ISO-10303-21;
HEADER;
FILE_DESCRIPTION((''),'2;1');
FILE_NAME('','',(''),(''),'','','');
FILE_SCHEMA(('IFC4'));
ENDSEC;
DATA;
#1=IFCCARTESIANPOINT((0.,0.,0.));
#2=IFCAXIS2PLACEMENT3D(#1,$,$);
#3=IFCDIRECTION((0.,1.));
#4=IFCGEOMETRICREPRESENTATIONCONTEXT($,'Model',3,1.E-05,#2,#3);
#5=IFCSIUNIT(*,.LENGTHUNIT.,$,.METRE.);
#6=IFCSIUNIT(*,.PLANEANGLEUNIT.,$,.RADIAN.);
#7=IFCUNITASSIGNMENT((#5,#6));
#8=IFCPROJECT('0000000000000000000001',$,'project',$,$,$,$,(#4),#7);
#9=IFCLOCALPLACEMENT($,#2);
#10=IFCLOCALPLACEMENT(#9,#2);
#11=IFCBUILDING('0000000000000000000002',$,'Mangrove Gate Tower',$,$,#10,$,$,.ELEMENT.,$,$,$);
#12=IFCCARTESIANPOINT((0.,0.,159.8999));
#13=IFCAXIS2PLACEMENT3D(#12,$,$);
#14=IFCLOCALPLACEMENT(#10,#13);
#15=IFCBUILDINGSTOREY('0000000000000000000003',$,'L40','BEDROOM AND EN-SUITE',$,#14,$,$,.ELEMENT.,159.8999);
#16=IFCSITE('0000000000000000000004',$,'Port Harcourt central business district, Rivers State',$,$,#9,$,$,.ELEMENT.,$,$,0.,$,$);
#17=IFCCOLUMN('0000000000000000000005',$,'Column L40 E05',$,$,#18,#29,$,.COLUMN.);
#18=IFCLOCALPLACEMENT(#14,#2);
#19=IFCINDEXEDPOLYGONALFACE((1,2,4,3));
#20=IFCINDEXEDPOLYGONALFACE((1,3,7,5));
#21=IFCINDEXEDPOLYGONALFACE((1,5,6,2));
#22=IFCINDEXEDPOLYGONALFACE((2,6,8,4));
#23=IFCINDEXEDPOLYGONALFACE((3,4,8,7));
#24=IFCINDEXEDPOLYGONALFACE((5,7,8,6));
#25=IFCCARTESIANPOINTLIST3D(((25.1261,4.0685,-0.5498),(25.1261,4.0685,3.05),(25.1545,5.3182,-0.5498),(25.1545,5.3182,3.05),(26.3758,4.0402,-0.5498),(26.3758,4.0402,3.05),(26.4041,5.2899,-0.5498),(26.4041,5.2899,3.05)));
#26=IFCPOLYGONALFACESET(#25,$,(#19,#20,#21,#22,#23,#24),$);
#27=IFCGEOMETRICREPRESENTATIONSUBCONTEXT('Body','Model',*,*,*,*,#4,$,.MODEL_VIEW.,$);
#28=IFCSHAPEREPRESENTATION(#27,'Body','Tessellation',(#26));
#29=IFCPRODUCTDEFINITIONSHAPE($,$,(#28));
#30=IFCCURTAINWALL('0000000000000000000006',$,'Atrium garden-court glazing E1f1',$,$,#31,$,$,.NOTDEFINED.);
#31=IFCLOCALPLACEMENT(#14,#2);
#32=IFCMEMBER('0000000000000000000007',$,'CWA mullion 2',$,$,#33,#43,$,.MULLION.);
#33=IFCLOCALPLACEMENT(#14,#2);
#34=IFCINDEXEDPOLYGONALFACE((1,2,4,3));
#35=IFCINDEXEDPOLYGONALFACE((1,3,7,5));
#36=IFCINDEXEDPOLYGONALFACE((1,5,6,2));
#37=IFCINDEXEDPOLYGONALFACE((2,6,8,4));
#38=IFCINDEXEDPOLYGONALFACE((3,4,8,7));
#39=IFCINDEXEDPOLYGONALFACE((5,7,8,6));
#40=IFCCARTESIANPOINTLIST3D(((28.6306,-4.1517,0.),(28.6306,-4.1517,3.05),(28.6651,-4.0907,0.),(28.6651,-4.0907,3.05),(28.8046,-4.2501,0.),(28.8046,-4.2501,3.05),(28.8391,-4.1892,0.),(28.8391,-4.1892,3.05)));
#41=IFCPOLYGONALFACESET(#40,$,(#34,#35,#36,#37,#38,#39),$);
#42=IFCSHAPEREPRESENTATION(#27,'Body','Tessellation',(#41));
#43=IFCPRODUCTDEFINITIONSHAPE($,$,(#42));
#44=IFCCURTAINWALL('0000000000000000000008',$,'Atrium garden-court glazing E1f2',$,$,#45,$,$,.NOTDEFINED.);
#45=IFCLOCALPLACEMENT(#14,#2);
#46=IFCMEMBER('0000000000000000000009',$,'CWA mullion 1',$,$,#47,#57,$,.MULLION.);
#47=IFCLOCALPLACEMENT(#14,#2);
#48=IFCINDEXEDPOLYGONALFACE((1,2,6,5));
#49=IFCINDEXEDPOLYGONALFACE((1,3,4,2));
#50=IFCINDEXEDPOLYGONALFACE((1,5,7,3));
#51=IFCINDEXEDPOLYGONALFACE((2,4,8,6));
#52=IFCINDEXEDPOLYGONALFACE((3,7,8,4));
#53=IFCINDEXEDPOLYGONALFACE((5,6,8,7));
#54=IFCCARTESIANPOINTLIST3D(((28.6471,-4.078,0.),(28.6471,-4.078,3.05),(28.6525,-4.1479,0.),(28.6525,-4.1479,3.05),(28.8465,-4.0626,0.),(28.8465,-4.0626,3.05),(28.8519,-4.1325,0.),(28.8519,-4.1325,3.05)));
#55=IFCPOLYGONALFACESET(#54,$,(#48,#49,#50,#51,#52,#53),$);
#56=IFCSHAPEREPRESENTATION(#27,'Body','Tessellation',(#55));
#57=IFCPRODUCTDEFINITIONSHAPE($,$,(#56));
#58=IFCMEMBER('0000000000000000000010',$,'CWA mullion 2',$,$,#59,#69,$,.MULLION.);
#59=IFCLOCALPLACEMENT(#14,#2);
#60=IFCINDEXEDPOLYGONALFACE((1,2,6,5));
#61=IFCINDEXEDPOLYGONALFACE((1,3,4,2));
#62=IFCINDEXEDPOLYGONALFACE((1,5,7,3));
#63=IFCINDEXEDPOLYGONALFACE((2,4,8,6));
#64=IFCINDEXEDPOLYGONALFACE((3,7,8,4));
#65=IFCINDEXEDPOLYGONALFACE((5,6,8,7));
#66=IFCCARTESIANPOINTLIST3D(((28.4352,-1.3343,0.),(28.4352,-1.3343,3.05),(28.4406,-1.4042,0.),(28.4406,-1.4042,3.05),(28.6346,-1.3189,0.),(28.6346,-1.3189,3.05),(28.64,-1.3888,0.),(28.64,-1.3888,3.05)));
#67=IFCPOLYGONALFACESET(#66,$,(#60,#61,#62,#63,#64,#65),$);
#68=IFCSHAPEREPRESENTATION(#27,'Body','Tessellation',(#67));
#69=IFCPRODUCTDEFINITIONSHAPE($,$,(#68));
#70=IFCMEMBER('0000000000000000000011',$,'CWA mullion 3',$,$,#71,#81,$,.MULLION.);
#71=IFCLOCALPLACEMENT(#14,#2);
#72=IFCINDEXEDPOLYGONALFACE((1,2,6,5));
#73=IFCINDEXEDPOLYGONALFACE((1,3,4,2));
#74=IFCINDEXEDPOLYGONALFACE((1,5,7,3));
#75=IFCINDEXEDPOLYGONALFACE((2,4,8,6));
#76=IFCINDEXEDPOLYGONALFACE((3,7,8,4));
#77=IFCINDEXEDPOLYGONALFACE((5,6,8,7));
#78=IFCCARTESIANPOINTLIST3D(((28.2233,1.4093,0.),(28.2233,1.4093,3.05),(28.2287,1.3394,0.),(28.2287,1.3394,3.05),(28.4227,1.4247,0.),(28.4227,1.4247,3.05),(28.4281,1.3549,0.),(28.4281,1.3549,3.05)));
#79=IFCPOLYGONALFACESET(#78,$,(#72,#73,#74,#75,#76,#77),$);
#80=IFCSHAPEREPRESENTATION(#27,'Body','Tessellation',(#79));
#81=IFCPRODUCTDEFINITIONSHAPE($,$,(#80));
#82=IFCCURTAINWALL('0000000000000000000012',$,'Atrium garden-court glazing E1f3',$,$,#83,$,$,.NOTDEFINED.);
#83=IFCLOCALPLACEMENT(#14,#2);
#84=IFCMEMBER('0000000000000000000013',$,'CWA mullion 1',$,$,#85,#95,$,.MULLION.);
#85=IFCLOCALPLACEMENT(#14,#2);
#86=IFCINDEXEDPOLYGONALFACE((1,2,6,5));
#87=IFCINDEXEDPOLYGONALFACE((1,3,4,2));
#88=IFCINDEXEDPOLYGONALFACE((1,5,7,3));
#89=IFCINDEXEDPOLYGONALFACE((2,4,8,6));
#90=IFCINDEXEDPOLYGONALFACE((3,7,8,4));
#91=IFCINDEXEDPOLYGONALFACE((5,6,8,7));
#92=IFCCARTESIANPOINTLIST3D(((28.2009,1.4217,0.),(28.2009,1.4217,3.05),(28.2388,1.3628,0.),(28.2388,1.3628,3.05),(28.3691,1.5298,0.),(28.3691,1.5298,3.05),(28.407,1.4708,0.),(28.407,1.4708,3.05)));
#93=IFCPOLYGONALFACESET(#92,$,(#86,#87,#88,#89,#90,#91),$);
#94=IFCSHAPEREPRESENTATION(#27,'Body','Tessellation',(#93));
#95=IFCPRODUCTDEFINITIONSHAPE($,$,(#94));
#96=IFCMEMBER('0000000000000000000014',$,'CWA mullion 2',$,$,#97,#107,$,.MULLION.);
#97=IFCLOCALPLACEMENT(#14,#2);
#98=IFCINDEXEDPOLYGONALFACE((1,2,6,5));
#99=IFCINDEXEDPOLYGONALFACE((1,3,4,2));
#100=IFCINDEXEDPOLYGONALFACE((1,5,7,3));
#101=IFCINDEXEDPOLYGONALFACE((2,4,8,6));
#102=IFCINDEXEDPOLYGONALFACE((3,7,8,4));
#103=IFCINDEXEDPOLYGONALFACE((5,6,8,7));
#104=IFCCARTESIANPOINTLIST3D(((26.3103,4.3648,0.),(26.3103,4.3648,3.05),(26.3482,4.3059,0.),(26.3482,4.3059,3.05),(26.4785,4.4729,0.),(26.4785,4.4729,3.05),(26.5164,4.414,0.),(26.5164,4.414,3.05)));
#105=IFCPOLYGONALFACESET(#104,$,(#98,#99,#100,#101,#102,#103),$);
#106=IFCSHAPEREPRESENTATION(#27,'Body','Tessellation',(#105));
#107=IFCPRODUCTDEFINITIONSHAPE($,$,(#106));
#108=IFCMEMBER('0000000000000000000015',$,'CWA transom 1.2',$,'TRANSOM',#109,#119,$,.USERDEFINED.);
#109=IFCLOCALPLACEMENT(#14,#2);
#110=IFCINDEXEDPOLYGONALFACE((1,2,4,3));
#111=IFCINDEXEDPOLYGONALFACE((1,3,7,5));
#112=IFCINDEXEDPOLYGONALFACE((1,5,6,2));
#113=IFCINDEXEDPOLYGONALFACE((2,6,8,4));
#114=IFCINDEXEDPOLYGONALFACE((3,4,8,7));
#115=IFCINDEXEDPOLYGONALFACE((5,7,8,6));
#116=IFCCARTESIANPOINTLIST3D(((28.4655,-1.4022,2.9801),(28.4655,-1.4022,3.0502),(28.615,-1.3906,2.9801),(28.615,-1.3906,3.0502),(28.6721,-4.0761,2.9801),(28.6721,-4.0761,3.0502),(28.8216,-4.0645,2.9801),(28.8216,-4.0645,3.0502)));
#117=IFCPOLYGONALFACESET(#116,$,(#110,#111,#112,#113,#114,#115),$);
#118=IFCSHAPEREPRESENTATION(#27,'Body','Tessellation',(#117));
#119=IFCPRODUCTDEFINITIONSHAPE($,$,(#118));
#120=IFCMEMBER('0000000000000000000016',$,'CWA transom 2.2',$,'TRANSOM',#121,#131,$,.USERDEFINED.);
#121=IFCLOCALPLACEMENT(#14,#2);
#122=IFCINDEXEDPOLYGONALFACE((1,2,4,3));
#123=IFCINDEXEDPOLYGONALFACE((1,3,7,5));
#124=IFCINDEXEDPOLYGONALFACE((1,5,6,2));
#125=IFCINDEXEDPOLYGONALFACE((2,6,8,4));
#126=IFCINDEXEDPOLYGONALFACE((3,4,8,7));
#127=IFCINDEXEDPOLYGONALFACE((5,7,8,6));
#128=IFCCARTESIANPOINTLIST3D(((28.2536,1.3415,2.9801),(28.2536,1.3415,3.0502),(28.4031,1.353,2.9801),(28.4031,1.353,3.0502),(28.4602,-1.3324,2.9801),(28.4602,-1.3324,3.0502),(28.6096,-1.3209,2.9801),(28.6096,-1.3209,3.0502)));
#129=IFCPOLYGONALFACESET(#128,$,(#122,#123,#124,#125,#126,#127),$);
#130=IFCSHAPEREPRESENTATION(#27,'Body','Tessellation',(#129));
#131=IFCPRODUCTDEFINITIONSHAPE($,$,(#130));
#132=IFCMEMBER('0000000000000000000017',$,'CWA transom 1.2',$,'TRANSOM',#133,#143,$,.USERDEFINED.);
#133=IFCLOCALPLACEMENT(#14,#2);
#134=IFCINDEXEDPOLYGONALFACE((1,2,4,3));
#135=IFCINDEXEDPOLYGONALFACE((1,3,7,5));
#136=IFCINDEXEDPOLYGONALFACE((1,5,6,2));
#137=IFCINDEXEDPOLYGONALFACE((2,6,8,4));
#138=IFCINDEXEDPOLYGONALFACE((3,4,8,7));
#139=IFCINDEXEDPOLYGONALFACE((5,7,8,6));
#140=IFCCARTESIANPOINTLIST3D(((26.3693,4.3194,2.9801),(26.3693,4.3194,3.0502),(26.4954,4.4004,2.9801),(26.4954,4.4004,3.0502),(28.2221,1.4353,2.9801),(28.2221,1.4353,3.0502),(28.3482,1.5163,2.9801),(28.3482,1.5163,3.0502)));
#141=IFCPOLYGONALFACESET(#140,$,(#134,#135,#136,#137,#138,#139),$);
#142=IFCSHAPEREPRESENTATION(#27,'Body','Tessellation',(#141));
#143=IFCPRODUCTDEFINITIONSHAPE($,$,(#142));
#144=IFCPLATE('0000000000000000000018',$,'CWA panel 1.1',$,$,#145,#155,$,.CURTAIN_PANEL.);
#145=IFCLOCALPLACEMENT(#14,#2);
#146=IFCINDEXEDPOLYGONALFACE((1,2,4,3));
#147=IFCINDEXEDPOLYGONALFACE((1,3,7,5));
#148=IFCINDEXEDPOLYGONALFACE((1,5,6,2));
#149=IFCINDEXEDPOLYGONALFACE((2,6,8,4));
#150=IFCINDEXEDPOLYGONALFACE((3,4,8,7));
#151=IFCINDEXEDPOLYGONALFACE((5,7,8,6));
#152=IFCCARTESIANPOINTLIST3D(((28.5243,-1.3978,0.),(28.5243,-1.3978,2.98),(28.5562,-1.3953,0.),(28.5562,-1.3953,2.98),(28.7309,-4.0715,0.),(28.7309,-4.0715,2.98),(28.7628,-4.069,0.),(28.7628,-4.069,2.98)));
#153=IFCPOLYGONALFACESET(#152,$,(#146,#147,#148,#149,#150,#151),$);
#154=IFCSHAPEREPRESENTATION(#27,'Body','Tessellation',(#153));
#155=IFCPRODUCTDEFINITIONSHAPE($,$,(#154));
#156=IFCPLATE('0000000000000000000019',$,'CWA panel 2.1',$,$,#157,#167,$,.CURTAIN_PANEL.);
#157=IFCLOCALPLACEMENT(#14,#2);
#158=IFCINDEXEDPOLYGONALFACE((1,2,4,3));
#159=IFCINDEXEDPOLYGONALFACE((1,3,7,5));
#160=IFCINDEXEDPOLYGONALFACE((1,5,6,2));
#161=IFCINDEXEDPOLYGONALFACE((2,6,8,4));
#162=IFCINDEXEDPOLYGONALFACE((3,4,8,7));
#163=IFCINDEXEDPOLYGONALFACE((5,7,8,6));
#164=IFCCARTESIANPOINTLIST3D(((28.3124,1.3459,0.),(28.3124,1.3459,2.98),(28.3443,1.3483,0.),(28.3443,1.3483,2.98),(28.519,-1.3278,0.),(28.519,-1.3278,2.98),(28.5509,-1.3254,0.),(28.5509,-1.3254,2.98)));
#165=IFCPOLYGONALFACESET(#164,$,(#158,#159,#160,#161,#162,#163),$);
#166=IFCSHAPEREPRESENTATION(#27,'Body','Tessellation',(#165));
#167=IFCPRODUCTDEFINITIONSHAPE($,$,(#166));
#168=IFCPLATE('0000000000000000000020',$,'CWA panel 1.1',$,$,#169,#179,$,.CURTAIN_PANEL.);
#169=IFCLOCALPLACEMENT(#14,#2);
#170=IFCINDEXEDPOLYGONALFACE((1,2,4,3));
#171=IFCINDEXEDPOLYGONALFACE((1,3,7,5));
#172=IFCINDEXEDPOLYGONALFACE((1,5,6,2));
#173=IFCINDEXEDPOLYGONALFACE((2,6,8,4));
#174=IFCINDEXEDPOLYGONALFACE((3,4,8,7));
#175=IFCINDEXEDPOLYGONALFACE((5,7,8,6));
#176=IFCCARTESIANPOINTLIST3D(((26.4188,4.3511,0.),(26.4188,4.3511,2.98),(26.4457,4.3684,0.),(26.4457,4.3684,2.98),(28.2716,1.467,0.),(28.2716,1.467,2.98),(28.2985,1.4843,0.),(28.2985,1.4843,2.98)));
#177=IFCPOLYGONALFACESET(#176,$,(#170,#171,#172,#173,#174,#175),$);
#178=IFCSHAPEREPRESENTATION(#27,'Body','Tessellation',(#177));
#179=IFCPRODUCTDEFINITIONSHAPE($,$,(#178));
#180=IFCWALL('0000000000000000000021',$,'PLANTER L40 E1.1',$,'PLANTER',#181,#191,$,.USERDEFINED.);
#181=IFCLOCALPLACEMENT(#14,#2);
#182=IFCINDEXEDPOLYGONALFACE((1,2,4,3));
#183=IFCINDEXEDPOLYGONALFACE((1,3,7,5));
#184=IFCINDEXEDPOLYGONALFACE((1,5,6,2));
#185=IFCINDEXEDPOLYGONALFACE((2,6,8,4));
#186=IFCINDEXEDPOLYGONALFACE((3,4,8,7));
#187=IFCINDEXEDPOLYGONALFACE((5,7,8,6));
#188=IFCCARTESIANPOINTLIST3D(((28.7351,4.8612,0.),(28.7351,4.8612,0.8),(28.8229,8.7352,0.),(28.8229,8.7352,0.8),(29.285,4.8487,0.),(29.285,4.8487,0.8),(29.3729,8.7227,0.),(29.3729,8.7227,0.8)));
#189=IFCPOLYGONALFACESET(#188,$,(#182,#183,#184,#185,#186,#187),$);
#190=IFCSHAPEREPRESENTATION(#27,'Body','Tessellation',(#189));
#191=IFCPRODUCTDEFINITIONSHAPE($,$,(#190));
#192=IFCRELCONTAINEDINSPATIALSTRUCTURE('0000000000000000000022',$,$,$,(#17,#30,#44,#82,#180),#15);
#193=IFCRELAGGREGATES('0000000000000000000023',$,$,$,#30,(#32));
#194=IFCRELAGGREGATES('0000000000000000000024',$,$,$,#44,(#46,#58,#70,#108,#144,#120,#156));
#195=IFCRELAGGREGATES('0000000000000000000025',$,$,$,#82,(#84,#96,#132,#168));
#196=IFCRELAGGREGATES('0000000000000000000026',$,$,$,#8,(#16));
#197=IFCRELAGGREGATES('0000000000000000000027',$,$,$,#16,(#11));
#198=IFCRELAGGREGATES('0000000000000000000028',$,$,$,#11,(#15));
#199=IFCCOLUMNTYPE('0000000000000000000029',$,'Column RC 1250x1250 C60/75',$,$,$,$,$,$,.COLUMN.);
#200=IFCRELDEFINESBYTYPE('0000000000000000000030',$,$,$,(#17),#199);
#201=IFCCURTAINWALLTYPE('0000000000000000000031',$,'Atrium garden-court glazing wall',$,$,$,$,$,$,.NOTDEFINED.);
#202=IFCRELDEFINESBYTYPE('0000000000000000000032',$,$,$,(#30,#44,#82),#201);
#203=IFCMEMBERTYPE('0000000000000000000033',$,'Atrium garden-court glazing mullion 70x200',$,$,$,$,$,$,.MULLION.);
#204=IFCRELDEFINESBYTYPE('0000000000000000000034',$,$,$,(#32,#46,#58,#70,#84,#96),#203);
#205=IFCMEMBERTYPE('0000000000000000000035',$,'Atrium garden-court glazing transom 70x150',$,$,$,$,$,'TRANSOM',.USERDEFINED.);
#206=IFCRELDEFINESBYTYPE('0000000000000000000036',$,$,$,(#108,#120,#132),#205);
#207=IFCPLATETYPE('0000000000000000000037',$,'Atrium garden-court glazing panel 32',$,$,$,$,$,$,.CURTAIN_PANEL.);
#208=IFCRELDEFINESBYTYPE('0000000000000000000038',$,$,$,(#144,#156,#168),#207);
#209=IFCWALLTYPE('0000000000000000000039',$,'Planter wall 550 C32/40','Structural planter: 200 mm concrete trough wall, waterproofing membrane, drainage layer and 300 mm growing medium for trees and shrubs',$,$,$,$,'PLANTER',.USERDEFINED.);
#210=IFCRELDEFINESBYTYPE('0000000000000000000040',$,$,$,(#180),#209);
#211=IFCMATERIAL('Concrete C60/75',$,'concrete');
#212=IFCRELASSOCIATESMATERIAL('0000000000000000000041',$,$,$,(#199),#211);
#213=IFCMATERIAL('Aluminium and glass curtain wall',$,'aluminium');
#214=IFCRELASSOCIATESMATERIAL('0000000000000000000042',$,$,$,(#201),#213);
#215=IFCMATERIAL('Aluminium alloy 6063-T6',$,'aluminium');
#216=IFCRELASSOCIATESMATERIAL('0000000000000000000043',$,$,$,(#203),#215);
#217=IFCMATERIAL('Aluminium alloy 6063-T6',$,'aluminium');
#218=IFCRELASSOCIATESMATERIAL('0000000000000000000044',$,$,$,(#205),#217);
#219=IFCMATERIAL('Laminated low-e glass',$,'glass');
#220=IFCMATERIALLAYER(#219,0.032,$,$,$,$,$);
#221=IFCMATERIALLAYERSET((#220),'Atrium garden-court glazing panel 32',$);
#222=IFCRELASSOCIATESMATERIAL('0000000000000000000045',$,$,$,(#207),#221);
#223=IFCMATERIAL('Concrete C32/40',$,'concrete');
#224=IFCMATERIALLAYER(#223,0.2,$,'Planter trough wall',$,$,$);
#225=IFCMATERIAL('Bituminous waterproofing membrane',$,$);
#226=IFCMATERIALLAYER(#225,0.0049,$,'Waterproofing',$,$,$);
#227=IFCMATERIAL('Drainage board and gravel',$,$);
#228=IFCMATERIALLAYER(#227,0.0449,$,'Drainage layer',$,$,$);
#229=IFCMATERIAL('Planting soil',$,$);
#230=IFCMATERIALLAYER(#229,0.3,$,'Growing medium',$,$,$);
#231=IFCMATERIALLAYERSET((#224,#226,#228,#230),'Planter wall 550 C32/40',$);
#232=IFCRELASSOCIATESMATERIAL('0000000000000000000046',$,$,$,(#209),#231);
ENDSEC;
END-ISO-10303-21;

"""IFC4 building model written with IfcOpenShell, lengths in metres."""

from ifc_helpers import new_model, si_unit, direction, frame, frame_2d, origin, origin_2d, place, context, subcontext, project, spatial, rectangle, extrude, material, layer, layer_set, material_profile, profile_set, type_object, element, aggregate, save


model = new_model("IFC4")

# Units and contexts
model_context = context("Model", 3, precision=1e-05, world=origin(), true_north=direction((0.0, 1.0)))
body_context = subcontext(model_context, "Body", "Model", "MODEL_VIEW")
ifc_project = project(units=[si_unit("LENGTHUNIT", "METRE"), si_unit("PLANEANGLEUNIT", "RADIAN")], contexts=[model_context])

# Site, building, storey
site_placement = place(None, origin())
site = spatial("IfcSite", under=ifc_project, at=site_placement, Name="Port Harcourt central business district, Rivers State", CompositionType="ELEMENT", RefElevation=0.0)
building_placement = place(site_placement, origin())
building = spatial("IfcBuilding", under=site, at=building_placement, Name="Mangrove Gate Tower", CompositionType="ELEMENT")
storey_placement = place(building_placement, frame((0.0, 0.0, 159.8999)))
storey = spatial("IfcBuildingStorey", under=building, at=storey_placement, Name="L40", Description="BEDROOM AND EN-SUITE", CompositionType="ELEMENT", Elevation=159.8999)

# Column
ifc_material_1 = material(Name="Concrete C60/75", Category="concrete")
ifc_material_profile_1 = material_profile(ifc_material_1, rectangle(XDim=1.25, YDim=1.25, at=origin_2d()))
ifc_profile_set_1 = profile_set([ifc_material_profile_1], Name="Concrete C60/75")
column_type = type_object("IfcColumnType", Name="Column RC 1250x1250 C60/75", PredefinedType="COLUMN", material=ifc_profile_set_1)
column_placement = place(storey_placement, frame((25.7651, 4.6792, -0.5498), z_axis=(0.0, 0.0, 1.0), x_axis=(0.022655, 0.999743, 0.0)))
element("IfcColumn", 1, at=column_placement, inside=storey, type_object=column_type, Name="Column L40 E05", PredefinedType="COLUMN", context=body_context, shape_type="SweptSolid", body=[
    extrude(rectangle(XDim=1.25, YDim=1.25, at=origin_2d()), origin(), (0.0, 0.0, 1.0), 3.5999),
])

# Curtain wall, member
ifc_material_2 = material(Name="Aluminium and glass curtain wall", Category="aluminium")
curtain_wall_type = type_object("IfcCurtainWallType", Name="Atrium garden-court glazing wall", PredefinedType="NOTDEFINED", material=ifc_material_2)
curtain_wall_1_placement = place(storey_placement, origin())
curtain_wall_1 = element("IfcCurtainWall", 2, at=curtain_wall_1_placement, inside=storey, type_object=curtain_wall_type, Name="Atrium garden-court glazing E1f1", PredefinedType="NOTDEFINED")
ifc_material_3 = material(Name="Aluminium alloy 6063-T6", Category="aluminium")
ifc_material_profile_2 = material_profile(ifc_material_3, rectangle(XDim=0.0701, YDim=0.2, at=origin_2d()))
ifc_profile_set_2 = profile_set([ifc_material_profile_2], Name="Aluminium alloy 6063-T6")
member_type_1 = type_object("IfcMemberType", Name="Atrium garden-court glazing mullion 70x200", PredefinedType="MULLION", material=ifc_profile_set_2)
member_1_placement = place(storey_placement, frame((28.7349, -4.1704, 0.0), z_axis=(0.0, 0.0, 1.0), x_axis=(0.492564, 0.870276, 0.0)))
member_1 = element("IfcMember", 3, at=member_1_placement, type_object=member_type_1, Name="CWA mullion 2", PredefinedType="MULLION", context=body_context, shape_type="SweptSolid", body=[
    extrude(rectangle(XDim=0.0701, YDim=0.2, at=origin_2d()), origin(), (0.0, 0.0, 1.0), 3.05),
])
aggregate(curtain_wall_1, [member_1])

# Curtain walls, members
curtain_wall_2_placement = place(storey_placement, origin())
curtain_wall_2 = element("IfcCurtainWall", 4, at=curtain_wall_2_placement, inside=storey, type_object=curtain_wall_type, Name="Atrium garden-court glazing E1f2", PredefinedType="NOTDEFINED")
member_2_placement = place(storey_placement, frame((28.7495, -4.1052, 0.0), z_axis=(0.0, 0.0, 1.0), x_axis=(-0.077023, 0.997029, 0.0)))
member_2 = element("IfcMember", 5, at=member_2_placement, type_object=member_type_1, Name="CWA mullion 1", PredefinedType="MULLION", context=body_context, shape_type="SweptSolid", body=[
    extrude(rectangle(XDim=0.0701, YDim=0.2, at=origin_2d()), origin(), (0.0, 0.0, 1.0), 3.05),
])
member_3_placement = place(storey_placement, frame((28.5376, -1.3616, 0.0), z_axis=(0.0, 0.0, 1.0), x_axis=(-0.077023, 0.997029, 0.0)))
member_3 = element("IfcMember", 6, at=member_3_placement, type_object=member_type_1, Name="CWA mullion 2", PredefinedType="MULLION", context=body_context, shape_type="SweptSolid", body=[
    extrude(rectangle(XDim=0.0701, YDim=0.2, at=origin_2d()), origin(), (0.0, 0.0, 1.0), 3.05),
])
member_4_placement = place(storey_placement, frame((28.3257, 1.3821, 0.0), z_axis=(0.0, 0.0, 1.0), x_axis=(-0.077023, 0.997029, 0.0)))
member_4 = element("IfcMember", 7, at=member_4_placement, type_object=member_type_1, Name="CWA mullion 3", PredefinedType="MULLION", context=body_context, shape_type="SweptSolid", body=[
    extrude(rectangle(XDim=0.0701, YDim=0.2, at=origin_2d()), origin(), (0.0, 0.0, 1.0), 3.05),
])
curtain_wall_3_placement = place(storey_placement, origin())
curtain_wall_3 = element("IfcCurtainWall", 8, at=curtain_wall_3_placement, inside=storey, type_object=curtain_wall_type, Name="Atrium garden-court glazing E1f3", PredefinedType="NOTDEFINED")
member_5_placement = place(storey_placement, frame((28.304, 1.4463, 0.0), z_axis=(0.0, 0.0, 1.0), x_axis=(-0.540496, 0.841346, 0.0)))
member_5 = element("IfcMember", 9, at=member_5_placement, type_object=member_type_1, Name="CWA mullion 1", PredefinedType="MULLION", context=body_context, shape_type="SweptSolid", body=[
    extrude(rectangle(XDim=0.0701, YDim=0.2, at=origin_2d()), origin(), (0.0, 0.0, 1.0), 3.05),
])
member_6_placement = place(storey_placement, frame((26.4133, 4.3894, 0.0), z_axis=(0.0, 0.0, 1.0), x_axis=(-0.540496, 0.841346, 0.0)))
member_6 = element("IfcMember", 10, at=member_6_placement, type_object=member_type_1, Name="CWA mullion 2", PredefinedType="MULLION", context=body_context, shape_type="SweptSolid", body=[
    extrude(rectangle(XDim=0.0701, YDim=0.2, at=origin_2d()), origin(), (0.0, 0.0, 1.0), 3.05),
])

# Members
ifc_material_4 = material(Name="Aluminium alloy 6063-T6", Category="aluminium")
ifc_material_profile_3 = material_profile(ifc_material_4, rectangle(XDim=0.0701, YDim=0.1499, at=origin_2d()))
ifc_profile_set_3 = profile_set([ifc_material_profile_3], Name="Aluminium alloy 6063-T6")
member_type_2 = type_object("IfcMemberType", Name="Atrium garden-court glazing transom 70x150", ElementType="TRANSOM", PredefinedType="USERDEFINED", material=ifc_profile_set_3)
member_7_placement = place(storey_placement, frame((28.7468, -4.0703, 3.0151), z_axis=(-0.077017, 0.99703, 0.0), x_axis=(0.0, 0.0, 1.0)))
member_7 = element("IfcMember", 11, at=member_7_placement, type_object=member_type_2, Name="CWA transom 1.2", ObjectType="TRANSOM", PredefinedType="USERDEFINED", context=body_context, shape_type="SweptSolid", body=[
    extrude(rectangle(XDim=0.0701, YDim=0.1499, at=origin_2d()), origin(), (0.0, 0.0, 1.0), 2.6819),
])
member_8_placement = place(storey_placement, frame((28.5349, -1.3267, 3.0151), z_axis=(-0.077017, 0.99703, 0.0), x_axis=(0.0, 0.0, 1.0)))
member_8 = element("IfcMember", 12, at=member_8_placement, type_object=member_type_2, Name="CWA transom 2.2", ObjectType="TRANSOM", PredefinedType="USERDEFINED", context=body_context, shape_type="SweptSolid", body=[
    extrude(rectangle(XDim=0.0701, YDim=0.1499, at=origin_2d()), origin(), (0.0, 0.0, 1.0), 2.6819),
])
member_9_placement = place(storey_placement, frame((28.2852, 1.4758, 3.0151), z_axis=(-0.540502, 0.841343, 0.0), x_axis=(0.0, 0.0, 1.0)))
member_9 = element("IfcMember", 13, at=member_9_placement, type_object=member_type_2, Name="CWA transom 1.2", ObjectType="TRANSOM", PredefinedType="USERDEFINED", context=body_context, shape_type="SweptSolid", body=[
    extrude(rectangle(XDim=0.0701, YDim=0.1499, at=origin_2d()), origin(), (0.0, 0.0, 1.0), 3.428),
])

# Plates
ifc_material_5 = material(Name="Laminated low-e glass", Category="glass")
ifc_layer_1 = layer(ifc_material_5, 0.032)
ifc_layer_set_1 = layer_set([ifc_layer_1], Name="Atrium garden-court glazing panel 32")
plate_type = type_object("IfcPlateType", Name="Atrium garden-court glazing panel 32", PredefinedType="CURTAIN_PANEL", material=ifc_layer_set_1)
plate_1_placement = place(storey_placement, frame((28.6436, -2.7334, 0.0), z_axis=(0.0, 0.0, 1.0), x_axis=(-0.077023, 0.997029, 0.0)))
plate_1 = element("IfcPlate", 14, at=plate_1_placement, type_object=plate_type, Name="CWA panel 1.1", PredefinedType="CURTAIN_PANEL", context=body_context, shape_type="SweptSolid", body=[
    extrude(rectangle(XDim=2.6816, YDim=0.032, at=origin_2d()), origin(), (0.0, 0.0, 1.0), 2.98),
])
plate_2_placement = place(storey_placement, frame((28.4316, 0.0103, 0.0), z_axis=(0.0, 0.0, 1.0), x_axis=(-0.077023, 0.997029, 0.0)))
plate_2 = element("IfcPlate", 15, at=plate_2_placement, type_object=plate_type, Name="CWA panel 2.1", PredefinedType="CURTAIN_PANEL", context=body_context, shape_type="SweptSolid", body=[
    extrude(rectangle(XDim=2.6816, YDim=0.032, at=origin_2d()), origin(), (0.0, 0.0, 1.0), 2.98),
])
aggregate(curtain_wall_2, [member_2, member_3, member_4, member_7, plate_1, member_8, plate_2])
plate_3_placement = place(storey_placement, frame((27.3586, 2.9177, 0.0), z_axis=(0.0, 0.0, 1.0), x_axis=(-0.540496, 0.841346, 0.0)))
plate_3 = element("IfcPlate", 16, at=plate_3_placement, type_object=plate_type, Name="CWA panel 1.1", PredefinedType="CURTAIN_PANEL", context=body_context, shape_type="SweptSolid", body=[
    extrude(rectangle(XDim=3.428, YDim=0.032, at=origin_2d()), origin(), (0.0, 0.0, 1.0), 2.98),
])
aggregate(curtain_wall_3, [member_5, member_6, member_9, plate_3])

# Wall
ifc_material_6 = material(Name="Concrete C32/40", Category="concrete")
ifc_layer_2 = layer(ifc_material_6, 0.2, Name="Planter trough wall")
ifc_material_7 = material(Name="Bituminous waterproofing membrane")
ifc_layer_3 = layer(ifc_material_7, 0.0049, Name="Waterproofing")
ifc_material_8 = material(Name="Drainage board and gravel")
ifc_layer_4 = layer(ifc_material_8, 0.0449, Name="Drainage layer")
ifc_material_9 = material(Name="Planting soil")
ifc_layer_5 = layer(ifc_material_9, 0.3, Name="Growing medium")
ifc_layer_set_2 = layer_set([ifc_layer_2, ifc_layer_3, ifc_layer_4, ifc_layer_5], Name="Planter wall 550 C32/40")
wall_type_1 = type_object("IfcWallType", Name="Planter wall 550 C32/40", Description="Structural planter: 200 mm concrete trough wall, waterproofing membrane, drainage layer and 300 mm growing medium for trees and shrubs", ElementType="PLANTER", PredefinedType="USERDEFINED", material=ifc_layer_set_2)
wall_1_placement = place(storey_placement, frame((29.01, 4.855, 0.0), z_axis=(0.0, 0.0, 1.0), x_axis=(0.022681, 0.999743, 0.0)))
element("IfcWall", 17, at=wall_1_placement, inside=storey, type_object=wall_type_1, Name="PLANTER L40 E1.1", ObjectType="PLANTER", PredefinedType="USERDEFINED", context=body_context, shape_type="SweptSolid", body=[
    extrude(rectangle(XDim=3.875, YDim=0.55, at=frame_2d((1.9375, 0.0))), origin(), (0.0, 0.0, 1.0), 0.8),
])

save(model, "model.ifc")
